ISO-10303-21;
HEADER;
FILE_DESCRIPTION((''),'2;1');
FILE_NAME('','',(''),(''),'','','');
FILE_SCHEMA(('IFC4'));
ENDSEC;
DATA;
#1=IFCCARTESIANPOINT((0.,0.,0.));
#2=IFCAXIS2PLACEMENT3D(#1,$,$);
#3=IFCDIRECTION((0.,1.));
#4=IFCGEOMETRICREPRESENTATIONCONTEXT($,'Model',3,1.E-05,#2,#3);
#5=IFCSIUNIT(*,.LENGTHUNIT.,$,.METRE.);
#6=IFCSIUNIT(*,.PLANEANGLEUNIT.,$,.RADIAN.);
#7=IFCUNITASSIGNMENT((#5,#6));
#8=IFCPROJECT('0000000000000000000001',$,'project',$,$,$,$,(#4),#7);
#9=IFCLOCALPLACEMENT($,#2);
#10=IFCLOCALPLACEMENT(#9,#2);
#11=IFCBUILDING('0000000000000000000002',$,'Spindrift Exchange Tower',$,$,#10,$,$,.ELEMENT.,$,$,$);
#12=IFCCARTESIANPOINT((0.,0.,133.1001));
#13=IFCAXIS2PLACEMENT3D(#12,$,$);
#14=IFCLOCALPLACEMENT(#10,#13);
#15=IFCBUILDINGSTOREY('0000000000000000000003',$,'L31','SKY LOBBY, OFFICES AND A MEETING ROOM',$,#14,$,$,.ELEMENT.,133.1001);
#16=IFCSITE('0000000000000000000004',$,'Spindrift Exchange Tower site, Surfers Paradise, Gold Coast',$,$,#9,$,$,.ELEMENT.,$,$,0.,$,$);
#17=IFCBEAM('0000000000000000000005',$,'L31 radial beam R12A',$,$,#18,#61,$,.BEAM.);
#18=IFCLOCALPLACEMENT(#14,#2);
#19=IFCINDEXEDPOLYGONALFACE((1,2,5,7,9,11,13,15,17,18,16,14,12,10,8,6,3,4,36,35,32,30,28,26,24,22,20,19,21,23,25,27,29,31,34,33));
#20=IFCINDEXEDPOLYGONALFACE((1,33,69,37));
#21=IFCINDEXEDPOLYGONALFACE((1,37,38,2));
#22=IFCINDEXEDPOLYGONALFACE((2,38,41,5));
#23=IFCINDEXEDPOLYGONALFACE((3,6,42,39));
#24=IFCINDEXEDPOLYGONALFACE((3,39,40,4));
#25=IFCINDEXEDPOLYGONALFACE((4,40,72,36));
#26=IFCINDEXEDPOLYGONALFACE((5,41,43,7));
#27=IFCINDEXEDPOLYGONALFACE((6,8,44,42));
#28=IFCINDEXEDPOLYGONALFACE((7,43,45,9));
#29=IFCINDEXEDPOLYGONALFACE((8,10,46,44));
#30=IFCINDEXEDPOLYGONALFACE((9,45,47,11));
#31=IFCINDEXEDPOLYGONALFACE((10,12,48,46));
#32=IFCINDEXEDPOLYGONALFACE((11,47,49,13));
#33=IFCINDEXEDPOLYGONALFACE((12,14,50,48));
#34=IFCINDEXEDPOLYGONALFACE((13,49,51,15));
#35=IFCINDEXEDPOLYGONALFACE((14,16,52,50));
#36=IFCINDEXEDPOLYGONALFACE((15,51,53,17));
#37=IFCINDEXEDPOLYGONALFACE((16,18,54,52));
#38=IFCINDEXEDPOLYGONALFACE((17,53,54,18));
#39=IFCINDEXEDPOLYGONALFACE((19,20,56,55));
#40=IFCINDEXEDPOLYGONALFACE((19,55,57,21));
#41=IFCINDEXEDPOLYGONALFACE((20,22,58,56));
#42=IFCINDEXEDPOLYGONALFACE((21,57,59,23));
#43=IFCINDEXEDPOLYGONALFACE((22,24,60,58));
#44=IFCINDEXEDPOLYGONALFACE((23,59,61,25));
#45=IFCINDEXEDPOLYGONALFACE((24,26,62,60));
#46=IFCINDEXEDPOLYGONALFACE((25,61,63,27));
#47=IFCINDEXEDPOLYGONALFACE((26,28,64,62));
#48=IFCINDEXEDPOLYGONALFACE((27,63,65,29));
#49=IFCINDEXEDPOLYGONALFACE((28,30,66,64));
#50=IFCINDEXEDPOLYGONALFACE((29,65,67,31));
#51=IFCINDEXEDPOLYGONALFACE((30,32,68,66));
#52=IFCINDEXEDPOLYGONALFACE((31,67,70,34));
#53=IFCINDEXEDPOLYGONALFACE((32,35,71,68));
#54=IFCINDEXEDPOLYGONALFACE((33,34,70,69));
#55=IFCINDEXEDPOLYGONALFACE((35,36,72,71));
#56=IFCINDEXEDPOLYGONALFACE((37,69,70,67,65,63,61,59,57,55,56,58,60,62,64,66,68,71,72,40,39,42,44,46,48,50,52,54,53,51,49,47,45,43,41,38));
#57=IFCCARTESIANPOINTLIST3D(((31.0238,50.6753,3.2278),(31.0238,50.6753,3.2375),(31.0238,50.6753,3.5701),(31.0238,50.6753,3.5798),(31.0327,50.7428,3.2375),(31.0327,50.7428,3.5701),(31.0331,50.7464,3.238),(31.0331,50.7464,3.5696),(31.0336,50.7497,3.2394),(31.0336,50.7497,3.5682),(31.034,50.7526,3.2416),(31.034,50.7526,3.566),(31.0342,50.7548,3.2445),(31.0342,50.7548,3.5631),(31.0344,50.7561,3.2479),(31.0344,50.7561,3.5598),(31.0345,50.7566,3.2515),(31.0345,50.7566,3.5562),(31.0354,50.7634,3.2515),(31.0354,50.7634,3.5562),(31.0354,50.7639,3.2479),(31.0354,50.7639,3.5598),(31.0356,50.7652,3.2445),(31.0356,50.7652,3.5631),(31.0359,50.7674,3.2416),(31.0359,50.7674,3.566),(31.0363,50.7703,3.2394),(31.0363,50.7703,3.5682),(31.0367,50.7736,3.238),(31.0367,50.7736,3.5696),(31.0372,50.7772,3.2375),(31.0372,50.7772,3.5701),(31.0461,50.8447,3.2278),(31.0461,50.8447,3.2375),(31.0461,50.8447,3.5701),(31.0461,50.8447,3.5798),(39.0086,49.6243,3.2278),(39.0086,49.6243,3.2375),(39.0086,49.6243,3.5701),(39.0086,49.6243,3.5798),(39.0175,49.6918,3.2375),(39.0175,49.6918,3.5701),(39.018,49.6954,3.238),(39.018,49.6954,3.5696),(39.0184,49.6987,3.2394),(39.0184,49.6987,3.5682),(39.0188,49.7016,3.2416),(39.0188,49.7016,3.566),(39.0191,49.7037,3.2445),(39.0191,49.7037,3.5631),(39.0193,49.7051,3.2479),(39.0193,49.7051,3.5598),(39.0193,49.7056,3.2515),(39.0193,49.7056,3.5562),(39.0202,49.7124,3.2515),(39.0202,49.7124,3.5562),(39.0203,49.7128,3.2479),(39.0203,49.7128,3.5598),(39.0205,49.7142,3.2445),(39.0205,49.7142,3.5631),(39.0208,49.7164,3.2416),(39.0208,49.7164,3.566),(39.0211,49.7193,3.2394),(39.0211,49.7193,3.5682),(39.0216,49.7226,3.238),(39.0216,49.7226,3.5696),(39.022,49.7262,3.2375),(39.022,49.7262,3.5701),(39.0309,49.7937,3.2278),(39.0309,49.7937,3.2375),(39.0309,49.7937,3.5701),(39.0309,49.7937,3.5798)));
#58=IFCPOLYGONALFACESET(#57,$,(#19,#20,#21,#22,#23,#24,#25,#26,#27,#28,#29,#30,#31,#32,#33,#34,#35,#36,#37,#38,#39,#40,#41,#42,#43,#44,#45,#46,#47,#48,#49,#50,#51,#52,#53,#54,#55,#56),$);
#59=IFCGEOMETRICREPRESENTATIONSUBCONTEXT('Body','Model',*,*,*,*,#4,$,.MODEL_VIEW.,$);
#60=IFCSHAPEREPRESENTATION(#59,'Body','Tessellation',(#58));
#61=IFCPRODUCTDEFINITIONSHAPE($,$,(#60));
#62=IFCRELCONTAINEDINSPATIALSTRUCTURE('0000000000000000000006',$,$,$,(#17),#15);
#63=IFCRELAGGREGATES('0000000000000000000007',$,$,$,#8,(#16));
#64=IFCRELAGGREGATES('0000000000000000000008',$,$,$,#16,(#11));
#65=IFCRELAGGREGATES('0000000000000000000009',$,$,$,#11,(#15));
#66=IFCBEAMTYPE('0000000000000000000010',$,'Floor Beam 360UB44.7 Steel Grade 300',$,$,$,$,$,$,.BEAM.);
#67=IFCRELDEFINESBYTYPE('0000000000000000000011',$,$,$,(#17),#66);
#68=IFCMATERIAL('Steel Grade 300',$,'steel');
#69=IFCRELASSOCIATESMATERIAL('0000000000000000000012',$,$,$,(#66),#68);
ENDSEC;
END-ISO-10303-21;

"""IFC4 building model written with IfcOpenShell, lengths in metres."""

from ifc_helpers import new_model, si_unit, direction, frame, origin, origin_2d, place, context, subcontext, project, spatial, i_section, extrude, source, transform, mapped, material, material_profile, profile_set, type_object, element, save


model = new_model("IFC4")

# Units and contexts
model_context = context("Model", 3, precision=1e-05, world=origin(), true_north=direction((0.0, 1.0)))
body_context = subcontext(model_context, "Body", "Model", "MODEL_VIEW")
ifc_project = project(units=[si_unit("LENGTHUNIT", "METRE"), si_unit("PLANEANGLEUNIT", "RADIAN")], contexts=[model_context])

# Site, building, storey
site_placement = place(None, origin())
site = spatial("IfcSite", under=ifc_project, at=site_placement, Name="Spindrift Exchange Tower site, Surfers Paradise, Gold Coast", CompositionType="ELEMENT", RefElevation=0.0)
building_placement = place(site_placement, origin())
building = spatial("IfcBuilding", under=site, at=building_placement, Name="Spindrift Exchange Tower", CompositionType="ELEMENT")
storey_placement = place(building_placement, frame((0.0, 0.0, 133.1001)))
storey = spatial("IfcBuildingStorey", under=building, at=storey_placement, Name="L31", Description="SKY LOBBY, OFFICES AND A MEETING ROOM", CompositionType="ELEMENT", Elevation=133.1001)

# Beam
ifc_material_1 = material(Name="Steel Grade 300", Category="steel")
ifc_material_profile = material_profile(ifc_material_1, i_section(OverallWidth=0.1709, OverallDepth=0.3521, WebThickness=0.0068, FlangeThickness=0.0098, FilletRadius=0.0139, at=origin_2d()), Name="360UB44.7")
ifc_profile_set = profile_set([ifc_material_profile], Name="Steel Grade 300")
beam_type = type_object("IfcBeamType", Name="Floor Beam 360UB44.7 Steel Grade 300", PredefinedType="BEAM", material=ifc_profile_set)
shared_shape_1 = source(origin(), body_context, "Body", "SweptSolid", [
    extrude(i_section(OverallWidth=0.1709, OverallDepth=0.3521, WebThickness=0.0068, FlangeThickness=0.0098, FilletRadius=0.0139, at=origin_2d()), origin(), (0.0, 0.0, 1.0), 8.0537),
])
beam_placement = place(storey_placement, frame((39.0198, 49.709, 3.4038), z_axis=(-0.991448, 0.130502, 0.0), x_axis=(-0.130502, -0.991448, 0.0)))
element("IfcBeam", 1, at=beam_placement, inside=storey, type_object=beam_type, Name="L31 radial beam R12A", PredefinedType="BEAM", context=body_context, shape_type="MappedRepresentation", body=[
    mapped(shared_shape_1, transform((0.0, 0.0, 0.0), scale=1.0)),
])

save(model, "model.ifc")
